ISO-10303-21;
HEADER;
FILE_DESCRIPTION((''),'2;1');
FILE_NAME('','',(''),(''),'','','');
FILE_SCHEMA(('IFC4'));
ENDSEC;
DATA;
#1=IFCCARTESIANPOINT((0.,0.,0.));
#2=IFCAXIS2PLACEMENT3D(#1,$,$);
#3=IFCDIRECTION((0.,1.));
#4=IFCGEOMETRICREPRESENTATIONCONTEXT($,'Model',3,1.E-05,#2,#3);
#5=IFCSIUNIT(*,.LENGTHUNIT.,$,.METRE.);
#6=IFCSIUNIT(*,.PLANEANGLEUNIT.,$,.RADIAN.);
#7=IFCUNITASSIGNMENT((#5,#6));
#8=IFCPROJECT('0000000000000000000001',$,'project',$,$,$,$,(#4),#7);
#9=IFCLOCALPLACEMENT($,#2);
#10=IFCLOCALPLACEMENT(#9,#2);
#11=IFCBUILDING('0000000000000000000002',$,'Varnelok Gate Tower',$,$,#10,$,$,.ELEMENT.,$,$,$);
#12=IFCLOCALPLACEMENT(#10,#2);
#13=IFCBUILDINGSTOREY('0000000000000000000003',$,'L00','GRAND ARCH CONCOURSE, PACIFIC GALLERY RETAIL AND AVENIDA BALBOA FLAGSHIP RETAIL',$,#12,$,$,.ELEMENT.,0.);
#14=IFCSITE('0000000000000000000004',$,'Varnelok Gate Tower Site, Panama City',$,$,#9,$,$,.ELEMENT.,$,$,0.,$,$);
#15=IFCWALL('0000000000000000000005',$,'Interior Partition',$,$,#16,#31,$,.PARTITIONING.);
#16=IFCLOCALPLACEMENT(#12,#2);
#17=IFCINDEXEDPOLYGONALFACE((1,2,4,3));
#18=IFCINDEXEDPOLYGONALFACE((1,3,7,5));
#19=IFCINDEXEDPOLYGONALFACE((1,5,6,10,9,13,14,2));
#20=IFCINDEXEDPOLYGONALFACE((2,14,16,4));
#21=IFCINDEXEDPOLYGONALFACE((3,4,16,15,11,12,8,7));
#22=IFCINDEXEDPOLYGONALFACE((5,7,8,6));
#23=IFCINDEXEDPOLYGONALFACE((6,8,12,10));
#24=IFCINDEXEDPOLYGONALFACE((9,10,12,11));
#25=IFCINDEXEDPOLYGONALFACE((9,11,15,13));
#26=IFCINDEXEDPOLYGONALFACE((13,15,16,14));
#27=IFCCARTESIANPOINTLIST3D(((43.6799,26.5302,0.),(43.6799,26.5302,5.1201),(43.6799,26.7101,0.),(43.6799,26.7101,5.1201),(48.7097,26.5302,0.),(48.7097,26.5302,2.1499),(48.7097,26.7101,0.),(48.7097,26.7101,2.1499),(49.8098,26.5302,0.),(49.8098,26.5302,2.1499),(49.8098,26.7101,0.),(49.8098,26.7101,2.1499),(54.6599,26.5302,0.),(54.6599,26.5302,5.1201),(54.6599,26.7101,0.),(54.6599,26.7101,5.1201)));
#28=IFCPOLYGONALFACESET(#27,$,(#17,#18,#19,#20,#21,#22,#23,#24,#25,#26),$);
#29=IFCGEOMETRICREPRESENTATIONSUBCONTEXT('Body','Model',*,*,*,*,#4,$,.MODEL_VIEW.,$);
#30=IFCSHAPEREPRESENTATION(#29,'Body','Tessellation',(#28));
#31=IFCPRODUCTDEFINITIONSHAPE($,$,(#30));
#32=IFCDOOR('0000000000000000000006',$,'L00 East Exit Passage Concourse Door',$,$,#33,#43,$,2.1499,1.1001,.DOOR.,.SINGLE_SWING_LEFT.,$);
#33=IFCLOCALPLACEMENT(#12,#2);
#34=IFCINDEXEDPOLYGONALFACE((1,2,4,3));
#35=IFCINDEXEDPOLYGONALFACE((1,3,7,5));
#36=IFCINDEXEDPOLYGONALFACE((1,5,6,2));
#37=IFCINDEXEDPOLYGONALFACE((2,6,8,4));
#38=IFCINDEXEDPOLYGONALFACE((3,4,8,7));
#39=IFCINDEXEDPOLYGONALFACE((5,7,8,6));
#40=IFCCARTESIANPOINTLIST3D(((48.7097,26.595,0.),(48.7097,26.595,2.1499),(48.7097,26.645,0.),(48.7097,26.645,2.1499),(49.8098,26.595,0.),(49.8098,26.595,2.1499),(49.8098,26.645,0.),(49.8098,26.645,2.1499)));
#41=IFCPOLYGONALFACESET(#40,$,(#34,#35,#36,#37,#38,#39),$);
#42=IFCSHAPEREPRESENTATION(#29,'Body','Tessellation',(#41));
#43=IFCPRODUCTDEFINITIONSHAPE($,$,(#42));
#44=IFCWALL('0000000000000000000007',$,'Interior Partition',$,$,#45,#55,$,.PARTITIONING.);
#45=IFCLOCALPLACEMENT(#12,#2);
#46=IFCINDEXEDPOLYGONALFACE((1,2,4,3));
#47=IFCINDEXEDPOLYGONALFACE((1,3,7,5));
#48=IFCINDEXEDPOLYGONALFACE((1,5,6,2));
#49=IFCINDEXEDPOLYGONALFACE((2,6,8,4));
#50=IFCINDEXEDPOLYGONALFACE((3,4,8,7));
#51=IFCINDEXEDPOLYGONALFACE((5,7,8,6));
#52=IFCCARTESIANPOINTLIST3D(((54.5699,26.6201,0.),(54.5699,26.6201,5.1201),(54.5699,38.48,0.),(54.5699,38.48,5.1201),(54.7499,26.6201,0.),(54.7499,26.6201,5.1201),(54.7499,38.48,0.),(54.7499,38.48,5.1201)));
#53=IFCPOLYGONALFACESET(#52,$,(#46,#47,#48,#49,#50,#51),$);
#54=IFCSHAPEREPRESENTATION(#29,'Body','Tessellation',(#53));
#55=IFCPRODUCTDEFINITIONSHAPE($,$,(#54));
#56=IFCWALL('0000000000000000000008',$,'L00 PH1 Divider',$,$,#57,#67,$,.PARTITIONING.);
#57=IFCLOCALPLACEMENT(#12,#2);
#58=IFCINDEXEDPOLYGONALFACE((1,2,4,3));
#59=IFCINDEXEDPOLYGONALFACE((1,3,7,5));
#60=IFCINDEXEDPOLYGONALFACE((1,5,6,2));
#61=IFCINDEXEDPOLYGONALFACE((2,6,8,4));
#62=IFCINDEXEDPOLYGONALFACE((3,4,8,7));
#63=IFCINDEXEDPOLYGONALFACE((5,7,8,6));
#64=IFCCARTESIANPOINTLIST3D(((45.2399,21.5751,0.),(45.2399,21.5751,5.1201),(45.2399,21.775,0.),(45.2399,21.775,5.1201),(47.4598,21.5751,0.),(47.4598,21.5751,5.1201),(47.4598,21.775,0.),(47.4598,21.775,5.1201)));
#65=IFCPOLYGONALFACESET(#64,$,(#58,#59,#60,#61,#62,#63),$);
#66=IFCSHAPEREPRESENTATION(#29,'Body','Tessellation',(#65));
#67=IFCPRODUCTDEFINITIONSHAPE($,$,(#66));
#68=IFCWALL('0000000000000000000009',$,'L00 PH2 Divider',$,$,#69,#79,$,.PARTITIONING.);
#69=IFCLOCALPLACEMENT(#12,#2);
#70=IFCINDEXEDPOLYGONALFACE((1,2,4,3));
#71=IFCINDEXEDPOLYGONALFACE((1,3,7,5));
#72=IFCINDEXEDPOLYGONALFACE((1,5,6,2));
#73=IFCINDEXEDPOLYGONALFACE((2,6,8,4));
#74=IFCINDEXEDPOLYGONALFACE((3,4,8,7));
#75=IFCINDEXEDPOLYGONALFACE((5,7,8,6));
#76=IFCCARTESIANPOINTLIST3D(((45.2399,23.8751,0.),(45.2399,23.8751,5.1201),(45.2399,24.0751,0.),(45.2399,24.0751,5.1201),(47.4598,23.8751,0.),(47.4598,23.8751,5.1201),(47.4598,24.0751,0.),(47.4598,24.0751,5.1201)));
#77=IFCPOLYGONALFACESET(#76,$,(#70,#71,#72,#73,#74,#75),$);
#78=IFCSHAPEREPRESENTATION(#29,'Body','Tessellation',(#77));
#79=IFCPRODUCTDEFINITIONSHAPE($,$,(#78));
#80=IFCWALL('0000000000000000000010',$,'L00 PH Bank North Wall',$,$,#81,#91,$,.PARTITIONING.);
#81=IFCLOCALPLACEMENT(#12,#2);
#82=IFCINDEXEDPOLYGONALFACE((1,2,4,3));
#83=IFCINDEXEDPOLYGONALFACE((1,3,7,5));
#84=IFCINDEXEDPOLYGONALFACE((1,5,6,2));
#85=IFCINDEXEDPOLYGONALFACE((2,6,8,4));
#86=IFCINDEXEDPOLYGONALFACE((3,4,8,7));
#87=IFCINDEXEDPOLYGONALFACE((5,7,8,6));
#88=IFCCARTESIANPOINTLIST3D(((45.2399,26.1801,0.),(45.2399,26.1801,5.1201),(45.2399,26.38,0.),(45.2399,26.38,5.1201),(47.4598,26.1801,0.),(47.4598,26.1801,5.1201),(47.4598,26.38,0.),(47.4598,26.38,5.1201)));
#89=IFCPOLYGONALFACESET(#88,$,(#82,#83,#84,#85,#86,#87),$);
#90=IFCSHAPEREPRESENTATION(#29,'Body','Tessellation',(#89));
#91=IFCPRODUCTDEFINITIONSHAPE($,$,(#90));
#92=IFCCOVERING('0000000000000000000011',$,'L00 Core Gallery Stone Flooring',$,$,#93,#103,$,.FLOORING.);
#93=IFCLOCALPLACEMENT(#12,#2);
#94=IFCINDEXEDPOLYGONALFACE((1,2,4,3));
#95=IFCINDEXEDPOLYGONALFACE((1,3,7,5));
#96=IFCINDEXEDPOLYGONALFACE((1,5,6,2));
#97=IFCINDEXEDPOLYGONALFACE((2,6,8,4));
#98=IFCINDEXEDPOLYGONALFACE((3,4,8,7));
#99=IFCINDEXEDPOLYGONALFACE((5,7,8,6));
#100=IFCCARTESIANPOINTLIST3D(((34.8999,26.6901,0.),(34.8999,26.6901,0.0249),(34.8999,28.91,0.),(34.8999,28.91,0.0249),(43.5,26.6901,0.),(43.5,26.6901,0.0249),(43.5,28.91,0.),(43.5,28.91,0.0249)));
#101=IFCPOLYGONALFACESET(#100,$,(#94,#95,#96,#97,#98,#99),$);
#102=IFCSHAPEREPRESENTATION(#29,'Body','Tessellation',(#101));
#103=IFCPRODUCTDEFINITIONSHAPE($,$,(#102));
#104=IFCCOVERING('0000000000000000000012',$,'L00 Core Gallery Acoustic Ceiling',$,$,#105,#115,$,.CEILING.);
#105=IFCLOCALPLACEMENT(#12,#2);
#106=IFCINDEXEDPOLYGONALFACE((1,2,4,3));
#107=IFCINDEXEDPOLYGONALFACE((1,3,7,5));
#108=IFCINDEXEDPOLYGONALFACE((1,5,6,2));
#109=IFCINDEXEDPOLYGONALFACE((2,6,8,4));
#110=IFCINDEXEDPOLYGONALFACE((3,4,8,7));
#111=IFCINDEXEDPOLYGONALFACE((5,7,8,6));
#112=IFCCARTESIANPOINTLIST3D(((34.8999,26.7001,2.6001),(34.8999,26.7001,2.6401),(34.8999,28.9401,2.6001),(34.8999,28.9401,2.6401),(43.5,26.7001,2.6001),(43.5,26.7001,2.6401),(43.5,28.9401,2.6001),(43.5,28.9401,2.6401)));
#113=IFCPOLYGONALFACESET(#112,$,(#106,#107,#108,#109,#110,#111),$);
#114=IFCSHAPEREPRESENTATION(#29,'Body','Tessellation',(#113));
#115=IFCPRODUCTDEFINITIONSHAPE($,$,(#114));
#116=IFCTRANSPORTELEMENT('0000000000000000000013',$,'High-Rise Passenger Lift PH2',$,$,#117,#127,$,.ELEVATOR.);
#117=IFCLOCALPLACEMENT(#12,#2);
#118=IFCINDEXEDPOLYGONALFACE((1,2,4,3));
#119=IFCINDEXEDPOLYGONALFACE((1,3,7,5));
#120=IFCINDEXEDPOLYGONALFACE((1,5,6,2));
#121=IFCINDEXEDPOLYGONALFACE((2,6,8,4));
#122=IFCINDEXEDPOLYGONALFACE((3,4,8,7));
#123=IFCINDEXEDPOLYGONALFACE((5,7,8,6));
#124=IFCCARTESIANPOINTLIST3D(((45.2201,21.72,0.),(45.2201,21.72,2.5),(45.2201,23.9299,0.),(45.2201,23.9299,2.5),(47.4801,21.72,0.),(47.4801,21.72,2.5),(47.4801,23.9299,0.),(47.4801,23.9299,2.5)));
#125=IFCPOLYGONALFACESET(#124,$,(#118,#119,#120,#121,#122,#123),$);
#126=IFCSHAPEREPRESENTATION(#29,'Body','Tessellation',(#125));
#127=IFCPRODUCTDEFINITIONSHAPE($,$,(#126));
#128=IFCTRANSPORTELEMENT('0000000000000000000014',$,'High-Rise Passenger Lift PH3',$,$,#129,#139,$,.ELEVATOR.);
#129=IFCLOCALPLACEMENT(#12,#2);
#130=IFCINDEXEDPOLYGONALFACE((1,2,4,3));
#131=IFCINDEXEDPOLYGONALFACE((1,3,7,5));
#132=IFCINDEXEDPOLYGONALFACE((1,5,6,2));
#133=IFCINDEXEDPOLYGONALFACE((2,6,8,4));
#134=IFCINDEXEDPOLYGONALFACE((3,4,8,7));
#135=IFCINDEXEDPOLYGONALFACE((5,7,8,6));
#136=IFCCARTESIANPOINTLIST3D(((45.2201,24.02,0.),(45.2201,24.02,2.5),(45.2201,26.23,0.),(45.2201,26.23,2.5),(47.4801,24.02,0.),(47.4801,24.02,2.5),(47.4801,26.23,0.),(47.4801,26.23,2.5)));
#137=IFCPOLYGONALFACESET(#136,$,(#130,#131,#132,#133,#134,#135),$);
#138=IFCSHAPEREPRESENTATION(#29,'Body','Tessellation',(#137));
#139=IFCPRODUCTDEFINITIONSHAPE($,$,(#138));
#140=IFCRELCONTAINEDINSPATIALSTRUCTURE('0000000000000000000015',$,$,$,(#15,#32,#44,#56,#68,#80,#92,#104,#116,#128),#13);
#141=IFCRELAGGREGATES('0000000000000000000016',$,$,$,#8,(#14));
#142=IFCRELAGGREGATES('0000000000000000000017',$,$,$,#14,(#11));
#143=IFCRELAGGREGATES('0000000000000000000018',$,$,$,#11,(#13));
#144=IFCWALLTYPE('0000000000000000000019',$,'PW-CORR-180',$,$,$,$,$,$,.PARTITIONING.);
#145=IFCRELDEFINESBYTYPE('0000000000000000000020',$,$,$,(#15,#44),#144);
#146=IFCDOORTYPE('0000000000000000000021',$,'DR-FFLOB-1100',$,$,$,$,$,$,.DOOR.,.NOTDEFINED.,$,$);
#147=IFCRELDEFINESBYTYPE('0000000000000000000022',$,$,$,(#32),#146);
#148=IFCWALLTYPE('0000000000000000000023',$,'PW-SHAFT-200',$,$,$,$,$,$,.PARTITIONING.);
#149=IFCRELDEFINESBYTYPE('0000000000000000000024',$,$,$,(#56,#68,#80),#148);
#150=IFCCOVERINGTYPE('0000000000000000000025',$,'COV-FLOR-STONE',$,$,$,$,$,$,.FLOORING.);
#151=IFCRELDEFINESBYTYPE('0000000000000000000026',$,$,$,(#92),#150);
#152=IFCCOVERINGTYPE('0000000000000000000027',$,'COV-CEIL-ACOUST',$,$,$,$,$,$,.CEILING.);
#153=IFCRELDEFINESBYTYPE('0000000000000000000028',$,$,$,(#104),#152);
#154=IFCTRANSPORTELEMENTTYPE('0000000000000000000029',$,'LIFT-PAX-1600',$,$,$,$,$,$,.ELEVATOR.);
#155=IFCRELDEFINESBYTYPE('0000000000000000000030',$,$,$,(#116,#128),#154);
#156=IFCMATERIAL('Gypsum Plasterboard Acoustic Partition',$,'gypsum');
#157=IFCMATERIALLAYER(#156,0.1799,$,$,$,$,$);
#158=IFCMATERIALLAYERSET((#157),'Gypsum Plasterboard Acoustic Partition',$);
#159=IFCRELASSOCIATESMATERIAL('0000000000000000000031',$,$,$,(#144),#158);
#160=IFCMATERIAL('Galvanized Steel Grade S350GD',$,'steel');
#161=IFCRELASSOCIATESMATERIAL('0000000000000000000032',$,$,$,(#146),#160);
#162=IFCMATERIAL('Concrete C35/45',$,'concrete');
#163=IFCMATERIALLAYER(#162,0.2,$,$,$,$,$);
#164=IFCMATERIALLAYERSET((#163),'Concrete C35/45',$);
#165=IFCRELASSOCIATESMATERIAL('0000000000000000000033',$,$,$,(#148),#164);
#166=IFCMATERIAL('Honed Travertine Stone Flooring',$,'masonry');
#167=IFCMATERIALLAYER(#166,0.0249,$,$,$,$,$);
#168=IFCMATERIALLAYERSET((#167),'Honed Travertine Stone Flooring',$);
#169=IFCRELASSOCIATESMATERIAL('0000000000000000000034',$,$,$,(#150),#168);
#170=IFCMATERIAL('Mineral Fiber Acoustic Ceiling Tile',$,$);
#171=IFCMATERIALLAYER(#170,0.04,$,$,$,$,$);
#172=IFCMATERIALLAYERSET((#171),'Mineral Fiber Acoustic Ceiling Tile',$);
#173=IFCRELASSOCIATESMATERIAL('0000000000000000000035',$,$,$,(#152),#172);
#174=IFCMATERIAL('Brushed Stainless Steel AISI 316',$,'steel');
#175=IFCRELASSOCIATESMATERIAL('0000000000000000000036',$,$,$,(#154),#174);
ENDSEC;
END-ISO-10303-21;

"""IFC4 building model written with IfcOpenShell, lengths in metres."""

from ifc_helpers import new_model, si_unit, direction, frame, frame_2d, origin, origin_2d, place, context, subcontext, project, spatial, rectangle, extrude, source, transform, mapped, material, layer, layer_set, type_object, element, fill, save


model = new_model("IFC4")

# Units and contexts
model_context = context("Model", 3, precision=1e-05, world=origin(), true_north=direction((0.0, 1.0)))
body_context = subcontext(model_context, "Body", "Model", "MODEL_VIEW")
ifc_project = project(units=[si_unit("LENGTHUNIT", "METRE"), si_unit("PLANEANGLEUNIT", "RADIAN")], contexts=[model_context])

# Site, building, storey
site_placement = place(None, origin())
site = spatial("IfcSite", under=ifc_project, at=site_placement, Name="Varnelok Gate Tower Site, Panama City", CompositionType="ELEMENT", RefElevation=0.0)
building_placement = place(site_placement, origin())
building = spatial("IfcBuilding", under=site, at=building_placement, Name="Varnelok Gate Tower", CompositionType="ELEMENT")
storey_placement = place(building_placement, origin())
storey = spatial("IfcBuildingStorey", under=building, at=storey_placement, Name="L00", Description="GRAND ARCH CONCOURSE, PACIFIC GALLERY RETAIL AND AVENIDA BALBOA FLAGSHIP RETAIL", CompositionType="ELEMENT", Elevation=0.0)

# Wall, opening, door
ifc_material_1 = material(Name="Gypsum Plasterboard Acoustic Partition", Category="gypsum")
ifc_layer_1 = layer(ifc_material_1, 0.1799)
ifc_layer_set_1 = layer_set([ifc_layer_1], Name="Gypsum Plasterboard Acoustic Partition")
wall_type_1 = type_object("IfcWallType", Name="PW-CORR-180", PredefinedType="PARTITIONING", material=ifc_layer_set_1)
wall_1_placement = place(storey_placement, frame((43.6799, 26.6201, 0.0), z_axis=(0.0, 0.0, 1.0), x_axis=(1.0, 0.0, 0.0)))
wall_1 = element("IfcWall", 1, at=wall_1_placement, inside=storey, type_object=wall_type_1, Name="Interior Partition", PredefinedType="PARTITIONING", context=body_context, shape_type="SweptSolid", body=[
    extrude(rectangle(XDim=10.98, YDim=0.1799, at=frame_2d((5.49, 0.0))), origin(), (0.0, 0.0, 1.0), 5.1201),
])
opening_placement = place(wall_1_placement, frame((5.0298, 0.0, 0.0)))
opening = element("IfcOpeningElement", 2, at=opening_placement, cuts=wall_1, PredefinedType="OPENING", context=body_context, shape_type="SweptSolid", body=[
    extrude(rectangle(XDim=1.1001, YDim=2.1499, at=frame_2d((0.55, 1.075))), frame((0.0, 0.0999, 0.0), z_axis=(0.0, -1.0, 0.0), x_axis=(1.0, 0.0, 0.0)), (0.0, 0.0, 1.0), 0.2),
])
ifc_material_2 = material(Name="Galvanized Steel Grade S350GD", Category="steel")
door_type = type_object("IfcDoorType", Name="DR-FFLOB-1100", OperationType="NOTDEFINED", PredefinedType="DOOR", material=ifc_material_2)
door_placement = place(opening_placement, origin())
door = element("IfcDoor", 3, at=door_placement, inside=storey, type_object=door_type, Name="L00 East Exit Passage Concourse Door", OperationType="SINGLE_SWING_LEFT", OverallHeight=2.1499, OverallWidth=1.1001, PredefinedType="DOOR", context=body_context, shape_type="SweptSolid", body=[
    extrude(rectangle(XDim=1.1001, YDim=2.1499, at=frame_2d((0.55, 1.075))), frame((0.0, 0.0249, 0.0), z_axis=(0.0, -1.0, 0.0), x_axis=(1.0, 0.0, 0.0)), (0.0, 0.0, 1.0), 0.05),
])
fill(opening, door)

# Walls
wall_2_placement = place(storey_placement, frame((54.6599, 26.6201, 0.0), z_axis=(0.0, 0.0, 1.0), x_axis=(0.0, 1.0, 0.0)))
element("IfcWall", 4, at=wall_2_placement, inside=storey, type_object=wall_type_1, Name="Interior Partition", PredefinedType="PARTITIONING", context=body_context, shape_type="SweptSolid", body=[
    extrude(rectangle(XDim=11.8599, YDim=0.1799, at=frame_2d((5.9299, 0.0))), origin(), (0.0, 0.0, 1.0), 5.1201),
])
ifc_material_3 = material(Name="Concrete C35/45", Category="concrete")
ifc_layer_2 = layer(ifc_material_3, 0.2)
ifc_layer_set_2 = layer_set([ifc_layer_2], Name="Concrete C35/45")
wall_type_2 = type_object("IfcWallType", Name="PW-SHAFT-200", PredefinedType="PARTITIONING", material=ifc_layer_set_2)
for number, where, z_axis, x_axis, name in (
    (5, (45.24, 21.675, 0.0), (0.0, 0.0, 1.0), (1.0, 0.0, 0.0), "L00 PH1 Divider"),
    (6, (45.24, 23.9751, 0.0), (0.0, 0.0, 1.0), (1.0, 0.0, 0.0), "L00 PH2 Divider"),
    (7, (45.24, 26.28, 0.0), (0.0, 0.0, 1.0), (1.0, 0.0, 0.0), "L00 PH Bank North Wall"),
):
    element("IfcWall", number, at=place(storey_placement, frame(where, z_axis=z_axis, x_axis=x_axis)), inside=storey, type_object=wall_type_2, Name=name, PredefinedType="PARTITIONING", context=body_context, shape_type="SweptSolid", body=[
        extrude(rectangle(XDim=2.22, YDim=0.2, at=frame_2d((1.1099, 0.0))), origin(), (0.0, 0.0, 1.0), 5.1201),
    ])

# Coverings
ifc_material_4 = material(Name="Honed Travertine Stone Flooring", Category="masonry")
ifc_layer_3 = layer(ifc_material_4, 0.0249)
ifc_layer_set_3 = layer_set([ifc_layer_3], Name="Honed Travertine Stone Flooring")
covering_type_1 = type_object("IfcCoveringType", Name="COV-FLOR-STONE", PredefinedType="FLOORING", material=ifc_layer_set_3)
shared_shape_1 = source(origin(), body_context, "Body", "SweptSolid", [
    extrude(rectangle(XDim=8.6001, YDim=2.22, at=origin_2d()), origin(), (0.0, 0.0, 1.0), 0.0249),
])
covering_1_placement = place(storey_placement, frame((39.2, 27.8, 0.0), z_axis=(0.0, 0.0, 1.0), x_axis=(1.0, 0.0, 0.0)))
element("IfcCovering", 8, at=covering_1_placement, inside=storey, type_object=covering_type_1, Name="L00 Core Gallery Stone Flooring", PredefinedType="FLOORING", context=body_context, shape_type="MappedRepresentation", body=[
    mapped(shared_shape_1, transform((0.0, 0.0, 0.0), scale=1.0)),
])
ifc_material_5 = material(Name="Mineral Fiber Acoustic Ceiling Tile")
ifc_layer_4 = layer(ifc_material_5, 0.04)
ifc_layer_set_4 = layer_set([ifc_layer_4], Name="Mineral Fiber Acoustic Ceiling Tile")
covering_type_2 = type_object("IfcCoveringType", Name="COV-CEIL-ACOUST", PredefinedType="CEILING", material=ifc_layer_set_4)
shared_shape_2 = source(origin(), body_context, "Body", "SweptSolid", [
    extrude(rectangle(XDim=8.6001, YDim=2.24, at=origin_2d()), origin(), (0.0, 0.0, 1.0), 0.04),
])
covering_2_placement = place(storey_placement, frame((39.2, 27.8201, 2.6001), z_axis=(0.0, 0.0, 1.0), x_axis=(1.0, 0.0, 0.0)))
element("IfcCovering", 9, at=covering_2_placement, inside=storey, type_object=covering_type_2, Name="L00 Core Gallery Acoustic Ceiling", PredefinedType="CEILING", context=body_context, shape_type="MappedRepresentation", body=[
    mapped(shared_shape_2, transform((0.0, 0.0, 0.0), scale=1.0)),
])

# Transport elements
ifc_material_6 = material(Name="Brushed Stainless Steel AISI 316", Category="steel")
transport_element_type = type_object("IfcTransportElementType", Name="LIFT-PAX-1600", PredefinedType="ELEVATOR", material=ifc_material_6)
shared_shape_3 = source(origin(), body_context, "Body", "SweptSolid", [
    extrude(rectangle(XDim=2.26, YDim=2.21, at=origin_2d()), origin(), (0.0, 0.0, 1.0), 2.5),
])
for number, where, z_axis, x_axis, name in (
    (10, (46.3501, 22.825, 0.0), (0.0, 0.0, 1.0), (1.0, 0.0, 0.0), "High-Rise Passenger Lift PH2"),
    (11, (46.3501, 25.125, 0.0), (0.0, 0.0, 1.0), (1.0, 0.0, 0.0), "High-Rise Passenger Lift PH3"),
):
    element("IfcTransportElement", number, at=place(storey_placement, frame(where, z_axis=z_axis, x_axis=x_axis)), inside=storey, type_object=transport_element_type, Name=name, PredefinedType="ELEVATOR", context=body_context, shape_type="MappedRepresentation", body=[
        mapped(shared_shape_3, transform((0.0, 0.0, 0.0), scale=1.0)),
    ])

save(model, "model.ifc")
